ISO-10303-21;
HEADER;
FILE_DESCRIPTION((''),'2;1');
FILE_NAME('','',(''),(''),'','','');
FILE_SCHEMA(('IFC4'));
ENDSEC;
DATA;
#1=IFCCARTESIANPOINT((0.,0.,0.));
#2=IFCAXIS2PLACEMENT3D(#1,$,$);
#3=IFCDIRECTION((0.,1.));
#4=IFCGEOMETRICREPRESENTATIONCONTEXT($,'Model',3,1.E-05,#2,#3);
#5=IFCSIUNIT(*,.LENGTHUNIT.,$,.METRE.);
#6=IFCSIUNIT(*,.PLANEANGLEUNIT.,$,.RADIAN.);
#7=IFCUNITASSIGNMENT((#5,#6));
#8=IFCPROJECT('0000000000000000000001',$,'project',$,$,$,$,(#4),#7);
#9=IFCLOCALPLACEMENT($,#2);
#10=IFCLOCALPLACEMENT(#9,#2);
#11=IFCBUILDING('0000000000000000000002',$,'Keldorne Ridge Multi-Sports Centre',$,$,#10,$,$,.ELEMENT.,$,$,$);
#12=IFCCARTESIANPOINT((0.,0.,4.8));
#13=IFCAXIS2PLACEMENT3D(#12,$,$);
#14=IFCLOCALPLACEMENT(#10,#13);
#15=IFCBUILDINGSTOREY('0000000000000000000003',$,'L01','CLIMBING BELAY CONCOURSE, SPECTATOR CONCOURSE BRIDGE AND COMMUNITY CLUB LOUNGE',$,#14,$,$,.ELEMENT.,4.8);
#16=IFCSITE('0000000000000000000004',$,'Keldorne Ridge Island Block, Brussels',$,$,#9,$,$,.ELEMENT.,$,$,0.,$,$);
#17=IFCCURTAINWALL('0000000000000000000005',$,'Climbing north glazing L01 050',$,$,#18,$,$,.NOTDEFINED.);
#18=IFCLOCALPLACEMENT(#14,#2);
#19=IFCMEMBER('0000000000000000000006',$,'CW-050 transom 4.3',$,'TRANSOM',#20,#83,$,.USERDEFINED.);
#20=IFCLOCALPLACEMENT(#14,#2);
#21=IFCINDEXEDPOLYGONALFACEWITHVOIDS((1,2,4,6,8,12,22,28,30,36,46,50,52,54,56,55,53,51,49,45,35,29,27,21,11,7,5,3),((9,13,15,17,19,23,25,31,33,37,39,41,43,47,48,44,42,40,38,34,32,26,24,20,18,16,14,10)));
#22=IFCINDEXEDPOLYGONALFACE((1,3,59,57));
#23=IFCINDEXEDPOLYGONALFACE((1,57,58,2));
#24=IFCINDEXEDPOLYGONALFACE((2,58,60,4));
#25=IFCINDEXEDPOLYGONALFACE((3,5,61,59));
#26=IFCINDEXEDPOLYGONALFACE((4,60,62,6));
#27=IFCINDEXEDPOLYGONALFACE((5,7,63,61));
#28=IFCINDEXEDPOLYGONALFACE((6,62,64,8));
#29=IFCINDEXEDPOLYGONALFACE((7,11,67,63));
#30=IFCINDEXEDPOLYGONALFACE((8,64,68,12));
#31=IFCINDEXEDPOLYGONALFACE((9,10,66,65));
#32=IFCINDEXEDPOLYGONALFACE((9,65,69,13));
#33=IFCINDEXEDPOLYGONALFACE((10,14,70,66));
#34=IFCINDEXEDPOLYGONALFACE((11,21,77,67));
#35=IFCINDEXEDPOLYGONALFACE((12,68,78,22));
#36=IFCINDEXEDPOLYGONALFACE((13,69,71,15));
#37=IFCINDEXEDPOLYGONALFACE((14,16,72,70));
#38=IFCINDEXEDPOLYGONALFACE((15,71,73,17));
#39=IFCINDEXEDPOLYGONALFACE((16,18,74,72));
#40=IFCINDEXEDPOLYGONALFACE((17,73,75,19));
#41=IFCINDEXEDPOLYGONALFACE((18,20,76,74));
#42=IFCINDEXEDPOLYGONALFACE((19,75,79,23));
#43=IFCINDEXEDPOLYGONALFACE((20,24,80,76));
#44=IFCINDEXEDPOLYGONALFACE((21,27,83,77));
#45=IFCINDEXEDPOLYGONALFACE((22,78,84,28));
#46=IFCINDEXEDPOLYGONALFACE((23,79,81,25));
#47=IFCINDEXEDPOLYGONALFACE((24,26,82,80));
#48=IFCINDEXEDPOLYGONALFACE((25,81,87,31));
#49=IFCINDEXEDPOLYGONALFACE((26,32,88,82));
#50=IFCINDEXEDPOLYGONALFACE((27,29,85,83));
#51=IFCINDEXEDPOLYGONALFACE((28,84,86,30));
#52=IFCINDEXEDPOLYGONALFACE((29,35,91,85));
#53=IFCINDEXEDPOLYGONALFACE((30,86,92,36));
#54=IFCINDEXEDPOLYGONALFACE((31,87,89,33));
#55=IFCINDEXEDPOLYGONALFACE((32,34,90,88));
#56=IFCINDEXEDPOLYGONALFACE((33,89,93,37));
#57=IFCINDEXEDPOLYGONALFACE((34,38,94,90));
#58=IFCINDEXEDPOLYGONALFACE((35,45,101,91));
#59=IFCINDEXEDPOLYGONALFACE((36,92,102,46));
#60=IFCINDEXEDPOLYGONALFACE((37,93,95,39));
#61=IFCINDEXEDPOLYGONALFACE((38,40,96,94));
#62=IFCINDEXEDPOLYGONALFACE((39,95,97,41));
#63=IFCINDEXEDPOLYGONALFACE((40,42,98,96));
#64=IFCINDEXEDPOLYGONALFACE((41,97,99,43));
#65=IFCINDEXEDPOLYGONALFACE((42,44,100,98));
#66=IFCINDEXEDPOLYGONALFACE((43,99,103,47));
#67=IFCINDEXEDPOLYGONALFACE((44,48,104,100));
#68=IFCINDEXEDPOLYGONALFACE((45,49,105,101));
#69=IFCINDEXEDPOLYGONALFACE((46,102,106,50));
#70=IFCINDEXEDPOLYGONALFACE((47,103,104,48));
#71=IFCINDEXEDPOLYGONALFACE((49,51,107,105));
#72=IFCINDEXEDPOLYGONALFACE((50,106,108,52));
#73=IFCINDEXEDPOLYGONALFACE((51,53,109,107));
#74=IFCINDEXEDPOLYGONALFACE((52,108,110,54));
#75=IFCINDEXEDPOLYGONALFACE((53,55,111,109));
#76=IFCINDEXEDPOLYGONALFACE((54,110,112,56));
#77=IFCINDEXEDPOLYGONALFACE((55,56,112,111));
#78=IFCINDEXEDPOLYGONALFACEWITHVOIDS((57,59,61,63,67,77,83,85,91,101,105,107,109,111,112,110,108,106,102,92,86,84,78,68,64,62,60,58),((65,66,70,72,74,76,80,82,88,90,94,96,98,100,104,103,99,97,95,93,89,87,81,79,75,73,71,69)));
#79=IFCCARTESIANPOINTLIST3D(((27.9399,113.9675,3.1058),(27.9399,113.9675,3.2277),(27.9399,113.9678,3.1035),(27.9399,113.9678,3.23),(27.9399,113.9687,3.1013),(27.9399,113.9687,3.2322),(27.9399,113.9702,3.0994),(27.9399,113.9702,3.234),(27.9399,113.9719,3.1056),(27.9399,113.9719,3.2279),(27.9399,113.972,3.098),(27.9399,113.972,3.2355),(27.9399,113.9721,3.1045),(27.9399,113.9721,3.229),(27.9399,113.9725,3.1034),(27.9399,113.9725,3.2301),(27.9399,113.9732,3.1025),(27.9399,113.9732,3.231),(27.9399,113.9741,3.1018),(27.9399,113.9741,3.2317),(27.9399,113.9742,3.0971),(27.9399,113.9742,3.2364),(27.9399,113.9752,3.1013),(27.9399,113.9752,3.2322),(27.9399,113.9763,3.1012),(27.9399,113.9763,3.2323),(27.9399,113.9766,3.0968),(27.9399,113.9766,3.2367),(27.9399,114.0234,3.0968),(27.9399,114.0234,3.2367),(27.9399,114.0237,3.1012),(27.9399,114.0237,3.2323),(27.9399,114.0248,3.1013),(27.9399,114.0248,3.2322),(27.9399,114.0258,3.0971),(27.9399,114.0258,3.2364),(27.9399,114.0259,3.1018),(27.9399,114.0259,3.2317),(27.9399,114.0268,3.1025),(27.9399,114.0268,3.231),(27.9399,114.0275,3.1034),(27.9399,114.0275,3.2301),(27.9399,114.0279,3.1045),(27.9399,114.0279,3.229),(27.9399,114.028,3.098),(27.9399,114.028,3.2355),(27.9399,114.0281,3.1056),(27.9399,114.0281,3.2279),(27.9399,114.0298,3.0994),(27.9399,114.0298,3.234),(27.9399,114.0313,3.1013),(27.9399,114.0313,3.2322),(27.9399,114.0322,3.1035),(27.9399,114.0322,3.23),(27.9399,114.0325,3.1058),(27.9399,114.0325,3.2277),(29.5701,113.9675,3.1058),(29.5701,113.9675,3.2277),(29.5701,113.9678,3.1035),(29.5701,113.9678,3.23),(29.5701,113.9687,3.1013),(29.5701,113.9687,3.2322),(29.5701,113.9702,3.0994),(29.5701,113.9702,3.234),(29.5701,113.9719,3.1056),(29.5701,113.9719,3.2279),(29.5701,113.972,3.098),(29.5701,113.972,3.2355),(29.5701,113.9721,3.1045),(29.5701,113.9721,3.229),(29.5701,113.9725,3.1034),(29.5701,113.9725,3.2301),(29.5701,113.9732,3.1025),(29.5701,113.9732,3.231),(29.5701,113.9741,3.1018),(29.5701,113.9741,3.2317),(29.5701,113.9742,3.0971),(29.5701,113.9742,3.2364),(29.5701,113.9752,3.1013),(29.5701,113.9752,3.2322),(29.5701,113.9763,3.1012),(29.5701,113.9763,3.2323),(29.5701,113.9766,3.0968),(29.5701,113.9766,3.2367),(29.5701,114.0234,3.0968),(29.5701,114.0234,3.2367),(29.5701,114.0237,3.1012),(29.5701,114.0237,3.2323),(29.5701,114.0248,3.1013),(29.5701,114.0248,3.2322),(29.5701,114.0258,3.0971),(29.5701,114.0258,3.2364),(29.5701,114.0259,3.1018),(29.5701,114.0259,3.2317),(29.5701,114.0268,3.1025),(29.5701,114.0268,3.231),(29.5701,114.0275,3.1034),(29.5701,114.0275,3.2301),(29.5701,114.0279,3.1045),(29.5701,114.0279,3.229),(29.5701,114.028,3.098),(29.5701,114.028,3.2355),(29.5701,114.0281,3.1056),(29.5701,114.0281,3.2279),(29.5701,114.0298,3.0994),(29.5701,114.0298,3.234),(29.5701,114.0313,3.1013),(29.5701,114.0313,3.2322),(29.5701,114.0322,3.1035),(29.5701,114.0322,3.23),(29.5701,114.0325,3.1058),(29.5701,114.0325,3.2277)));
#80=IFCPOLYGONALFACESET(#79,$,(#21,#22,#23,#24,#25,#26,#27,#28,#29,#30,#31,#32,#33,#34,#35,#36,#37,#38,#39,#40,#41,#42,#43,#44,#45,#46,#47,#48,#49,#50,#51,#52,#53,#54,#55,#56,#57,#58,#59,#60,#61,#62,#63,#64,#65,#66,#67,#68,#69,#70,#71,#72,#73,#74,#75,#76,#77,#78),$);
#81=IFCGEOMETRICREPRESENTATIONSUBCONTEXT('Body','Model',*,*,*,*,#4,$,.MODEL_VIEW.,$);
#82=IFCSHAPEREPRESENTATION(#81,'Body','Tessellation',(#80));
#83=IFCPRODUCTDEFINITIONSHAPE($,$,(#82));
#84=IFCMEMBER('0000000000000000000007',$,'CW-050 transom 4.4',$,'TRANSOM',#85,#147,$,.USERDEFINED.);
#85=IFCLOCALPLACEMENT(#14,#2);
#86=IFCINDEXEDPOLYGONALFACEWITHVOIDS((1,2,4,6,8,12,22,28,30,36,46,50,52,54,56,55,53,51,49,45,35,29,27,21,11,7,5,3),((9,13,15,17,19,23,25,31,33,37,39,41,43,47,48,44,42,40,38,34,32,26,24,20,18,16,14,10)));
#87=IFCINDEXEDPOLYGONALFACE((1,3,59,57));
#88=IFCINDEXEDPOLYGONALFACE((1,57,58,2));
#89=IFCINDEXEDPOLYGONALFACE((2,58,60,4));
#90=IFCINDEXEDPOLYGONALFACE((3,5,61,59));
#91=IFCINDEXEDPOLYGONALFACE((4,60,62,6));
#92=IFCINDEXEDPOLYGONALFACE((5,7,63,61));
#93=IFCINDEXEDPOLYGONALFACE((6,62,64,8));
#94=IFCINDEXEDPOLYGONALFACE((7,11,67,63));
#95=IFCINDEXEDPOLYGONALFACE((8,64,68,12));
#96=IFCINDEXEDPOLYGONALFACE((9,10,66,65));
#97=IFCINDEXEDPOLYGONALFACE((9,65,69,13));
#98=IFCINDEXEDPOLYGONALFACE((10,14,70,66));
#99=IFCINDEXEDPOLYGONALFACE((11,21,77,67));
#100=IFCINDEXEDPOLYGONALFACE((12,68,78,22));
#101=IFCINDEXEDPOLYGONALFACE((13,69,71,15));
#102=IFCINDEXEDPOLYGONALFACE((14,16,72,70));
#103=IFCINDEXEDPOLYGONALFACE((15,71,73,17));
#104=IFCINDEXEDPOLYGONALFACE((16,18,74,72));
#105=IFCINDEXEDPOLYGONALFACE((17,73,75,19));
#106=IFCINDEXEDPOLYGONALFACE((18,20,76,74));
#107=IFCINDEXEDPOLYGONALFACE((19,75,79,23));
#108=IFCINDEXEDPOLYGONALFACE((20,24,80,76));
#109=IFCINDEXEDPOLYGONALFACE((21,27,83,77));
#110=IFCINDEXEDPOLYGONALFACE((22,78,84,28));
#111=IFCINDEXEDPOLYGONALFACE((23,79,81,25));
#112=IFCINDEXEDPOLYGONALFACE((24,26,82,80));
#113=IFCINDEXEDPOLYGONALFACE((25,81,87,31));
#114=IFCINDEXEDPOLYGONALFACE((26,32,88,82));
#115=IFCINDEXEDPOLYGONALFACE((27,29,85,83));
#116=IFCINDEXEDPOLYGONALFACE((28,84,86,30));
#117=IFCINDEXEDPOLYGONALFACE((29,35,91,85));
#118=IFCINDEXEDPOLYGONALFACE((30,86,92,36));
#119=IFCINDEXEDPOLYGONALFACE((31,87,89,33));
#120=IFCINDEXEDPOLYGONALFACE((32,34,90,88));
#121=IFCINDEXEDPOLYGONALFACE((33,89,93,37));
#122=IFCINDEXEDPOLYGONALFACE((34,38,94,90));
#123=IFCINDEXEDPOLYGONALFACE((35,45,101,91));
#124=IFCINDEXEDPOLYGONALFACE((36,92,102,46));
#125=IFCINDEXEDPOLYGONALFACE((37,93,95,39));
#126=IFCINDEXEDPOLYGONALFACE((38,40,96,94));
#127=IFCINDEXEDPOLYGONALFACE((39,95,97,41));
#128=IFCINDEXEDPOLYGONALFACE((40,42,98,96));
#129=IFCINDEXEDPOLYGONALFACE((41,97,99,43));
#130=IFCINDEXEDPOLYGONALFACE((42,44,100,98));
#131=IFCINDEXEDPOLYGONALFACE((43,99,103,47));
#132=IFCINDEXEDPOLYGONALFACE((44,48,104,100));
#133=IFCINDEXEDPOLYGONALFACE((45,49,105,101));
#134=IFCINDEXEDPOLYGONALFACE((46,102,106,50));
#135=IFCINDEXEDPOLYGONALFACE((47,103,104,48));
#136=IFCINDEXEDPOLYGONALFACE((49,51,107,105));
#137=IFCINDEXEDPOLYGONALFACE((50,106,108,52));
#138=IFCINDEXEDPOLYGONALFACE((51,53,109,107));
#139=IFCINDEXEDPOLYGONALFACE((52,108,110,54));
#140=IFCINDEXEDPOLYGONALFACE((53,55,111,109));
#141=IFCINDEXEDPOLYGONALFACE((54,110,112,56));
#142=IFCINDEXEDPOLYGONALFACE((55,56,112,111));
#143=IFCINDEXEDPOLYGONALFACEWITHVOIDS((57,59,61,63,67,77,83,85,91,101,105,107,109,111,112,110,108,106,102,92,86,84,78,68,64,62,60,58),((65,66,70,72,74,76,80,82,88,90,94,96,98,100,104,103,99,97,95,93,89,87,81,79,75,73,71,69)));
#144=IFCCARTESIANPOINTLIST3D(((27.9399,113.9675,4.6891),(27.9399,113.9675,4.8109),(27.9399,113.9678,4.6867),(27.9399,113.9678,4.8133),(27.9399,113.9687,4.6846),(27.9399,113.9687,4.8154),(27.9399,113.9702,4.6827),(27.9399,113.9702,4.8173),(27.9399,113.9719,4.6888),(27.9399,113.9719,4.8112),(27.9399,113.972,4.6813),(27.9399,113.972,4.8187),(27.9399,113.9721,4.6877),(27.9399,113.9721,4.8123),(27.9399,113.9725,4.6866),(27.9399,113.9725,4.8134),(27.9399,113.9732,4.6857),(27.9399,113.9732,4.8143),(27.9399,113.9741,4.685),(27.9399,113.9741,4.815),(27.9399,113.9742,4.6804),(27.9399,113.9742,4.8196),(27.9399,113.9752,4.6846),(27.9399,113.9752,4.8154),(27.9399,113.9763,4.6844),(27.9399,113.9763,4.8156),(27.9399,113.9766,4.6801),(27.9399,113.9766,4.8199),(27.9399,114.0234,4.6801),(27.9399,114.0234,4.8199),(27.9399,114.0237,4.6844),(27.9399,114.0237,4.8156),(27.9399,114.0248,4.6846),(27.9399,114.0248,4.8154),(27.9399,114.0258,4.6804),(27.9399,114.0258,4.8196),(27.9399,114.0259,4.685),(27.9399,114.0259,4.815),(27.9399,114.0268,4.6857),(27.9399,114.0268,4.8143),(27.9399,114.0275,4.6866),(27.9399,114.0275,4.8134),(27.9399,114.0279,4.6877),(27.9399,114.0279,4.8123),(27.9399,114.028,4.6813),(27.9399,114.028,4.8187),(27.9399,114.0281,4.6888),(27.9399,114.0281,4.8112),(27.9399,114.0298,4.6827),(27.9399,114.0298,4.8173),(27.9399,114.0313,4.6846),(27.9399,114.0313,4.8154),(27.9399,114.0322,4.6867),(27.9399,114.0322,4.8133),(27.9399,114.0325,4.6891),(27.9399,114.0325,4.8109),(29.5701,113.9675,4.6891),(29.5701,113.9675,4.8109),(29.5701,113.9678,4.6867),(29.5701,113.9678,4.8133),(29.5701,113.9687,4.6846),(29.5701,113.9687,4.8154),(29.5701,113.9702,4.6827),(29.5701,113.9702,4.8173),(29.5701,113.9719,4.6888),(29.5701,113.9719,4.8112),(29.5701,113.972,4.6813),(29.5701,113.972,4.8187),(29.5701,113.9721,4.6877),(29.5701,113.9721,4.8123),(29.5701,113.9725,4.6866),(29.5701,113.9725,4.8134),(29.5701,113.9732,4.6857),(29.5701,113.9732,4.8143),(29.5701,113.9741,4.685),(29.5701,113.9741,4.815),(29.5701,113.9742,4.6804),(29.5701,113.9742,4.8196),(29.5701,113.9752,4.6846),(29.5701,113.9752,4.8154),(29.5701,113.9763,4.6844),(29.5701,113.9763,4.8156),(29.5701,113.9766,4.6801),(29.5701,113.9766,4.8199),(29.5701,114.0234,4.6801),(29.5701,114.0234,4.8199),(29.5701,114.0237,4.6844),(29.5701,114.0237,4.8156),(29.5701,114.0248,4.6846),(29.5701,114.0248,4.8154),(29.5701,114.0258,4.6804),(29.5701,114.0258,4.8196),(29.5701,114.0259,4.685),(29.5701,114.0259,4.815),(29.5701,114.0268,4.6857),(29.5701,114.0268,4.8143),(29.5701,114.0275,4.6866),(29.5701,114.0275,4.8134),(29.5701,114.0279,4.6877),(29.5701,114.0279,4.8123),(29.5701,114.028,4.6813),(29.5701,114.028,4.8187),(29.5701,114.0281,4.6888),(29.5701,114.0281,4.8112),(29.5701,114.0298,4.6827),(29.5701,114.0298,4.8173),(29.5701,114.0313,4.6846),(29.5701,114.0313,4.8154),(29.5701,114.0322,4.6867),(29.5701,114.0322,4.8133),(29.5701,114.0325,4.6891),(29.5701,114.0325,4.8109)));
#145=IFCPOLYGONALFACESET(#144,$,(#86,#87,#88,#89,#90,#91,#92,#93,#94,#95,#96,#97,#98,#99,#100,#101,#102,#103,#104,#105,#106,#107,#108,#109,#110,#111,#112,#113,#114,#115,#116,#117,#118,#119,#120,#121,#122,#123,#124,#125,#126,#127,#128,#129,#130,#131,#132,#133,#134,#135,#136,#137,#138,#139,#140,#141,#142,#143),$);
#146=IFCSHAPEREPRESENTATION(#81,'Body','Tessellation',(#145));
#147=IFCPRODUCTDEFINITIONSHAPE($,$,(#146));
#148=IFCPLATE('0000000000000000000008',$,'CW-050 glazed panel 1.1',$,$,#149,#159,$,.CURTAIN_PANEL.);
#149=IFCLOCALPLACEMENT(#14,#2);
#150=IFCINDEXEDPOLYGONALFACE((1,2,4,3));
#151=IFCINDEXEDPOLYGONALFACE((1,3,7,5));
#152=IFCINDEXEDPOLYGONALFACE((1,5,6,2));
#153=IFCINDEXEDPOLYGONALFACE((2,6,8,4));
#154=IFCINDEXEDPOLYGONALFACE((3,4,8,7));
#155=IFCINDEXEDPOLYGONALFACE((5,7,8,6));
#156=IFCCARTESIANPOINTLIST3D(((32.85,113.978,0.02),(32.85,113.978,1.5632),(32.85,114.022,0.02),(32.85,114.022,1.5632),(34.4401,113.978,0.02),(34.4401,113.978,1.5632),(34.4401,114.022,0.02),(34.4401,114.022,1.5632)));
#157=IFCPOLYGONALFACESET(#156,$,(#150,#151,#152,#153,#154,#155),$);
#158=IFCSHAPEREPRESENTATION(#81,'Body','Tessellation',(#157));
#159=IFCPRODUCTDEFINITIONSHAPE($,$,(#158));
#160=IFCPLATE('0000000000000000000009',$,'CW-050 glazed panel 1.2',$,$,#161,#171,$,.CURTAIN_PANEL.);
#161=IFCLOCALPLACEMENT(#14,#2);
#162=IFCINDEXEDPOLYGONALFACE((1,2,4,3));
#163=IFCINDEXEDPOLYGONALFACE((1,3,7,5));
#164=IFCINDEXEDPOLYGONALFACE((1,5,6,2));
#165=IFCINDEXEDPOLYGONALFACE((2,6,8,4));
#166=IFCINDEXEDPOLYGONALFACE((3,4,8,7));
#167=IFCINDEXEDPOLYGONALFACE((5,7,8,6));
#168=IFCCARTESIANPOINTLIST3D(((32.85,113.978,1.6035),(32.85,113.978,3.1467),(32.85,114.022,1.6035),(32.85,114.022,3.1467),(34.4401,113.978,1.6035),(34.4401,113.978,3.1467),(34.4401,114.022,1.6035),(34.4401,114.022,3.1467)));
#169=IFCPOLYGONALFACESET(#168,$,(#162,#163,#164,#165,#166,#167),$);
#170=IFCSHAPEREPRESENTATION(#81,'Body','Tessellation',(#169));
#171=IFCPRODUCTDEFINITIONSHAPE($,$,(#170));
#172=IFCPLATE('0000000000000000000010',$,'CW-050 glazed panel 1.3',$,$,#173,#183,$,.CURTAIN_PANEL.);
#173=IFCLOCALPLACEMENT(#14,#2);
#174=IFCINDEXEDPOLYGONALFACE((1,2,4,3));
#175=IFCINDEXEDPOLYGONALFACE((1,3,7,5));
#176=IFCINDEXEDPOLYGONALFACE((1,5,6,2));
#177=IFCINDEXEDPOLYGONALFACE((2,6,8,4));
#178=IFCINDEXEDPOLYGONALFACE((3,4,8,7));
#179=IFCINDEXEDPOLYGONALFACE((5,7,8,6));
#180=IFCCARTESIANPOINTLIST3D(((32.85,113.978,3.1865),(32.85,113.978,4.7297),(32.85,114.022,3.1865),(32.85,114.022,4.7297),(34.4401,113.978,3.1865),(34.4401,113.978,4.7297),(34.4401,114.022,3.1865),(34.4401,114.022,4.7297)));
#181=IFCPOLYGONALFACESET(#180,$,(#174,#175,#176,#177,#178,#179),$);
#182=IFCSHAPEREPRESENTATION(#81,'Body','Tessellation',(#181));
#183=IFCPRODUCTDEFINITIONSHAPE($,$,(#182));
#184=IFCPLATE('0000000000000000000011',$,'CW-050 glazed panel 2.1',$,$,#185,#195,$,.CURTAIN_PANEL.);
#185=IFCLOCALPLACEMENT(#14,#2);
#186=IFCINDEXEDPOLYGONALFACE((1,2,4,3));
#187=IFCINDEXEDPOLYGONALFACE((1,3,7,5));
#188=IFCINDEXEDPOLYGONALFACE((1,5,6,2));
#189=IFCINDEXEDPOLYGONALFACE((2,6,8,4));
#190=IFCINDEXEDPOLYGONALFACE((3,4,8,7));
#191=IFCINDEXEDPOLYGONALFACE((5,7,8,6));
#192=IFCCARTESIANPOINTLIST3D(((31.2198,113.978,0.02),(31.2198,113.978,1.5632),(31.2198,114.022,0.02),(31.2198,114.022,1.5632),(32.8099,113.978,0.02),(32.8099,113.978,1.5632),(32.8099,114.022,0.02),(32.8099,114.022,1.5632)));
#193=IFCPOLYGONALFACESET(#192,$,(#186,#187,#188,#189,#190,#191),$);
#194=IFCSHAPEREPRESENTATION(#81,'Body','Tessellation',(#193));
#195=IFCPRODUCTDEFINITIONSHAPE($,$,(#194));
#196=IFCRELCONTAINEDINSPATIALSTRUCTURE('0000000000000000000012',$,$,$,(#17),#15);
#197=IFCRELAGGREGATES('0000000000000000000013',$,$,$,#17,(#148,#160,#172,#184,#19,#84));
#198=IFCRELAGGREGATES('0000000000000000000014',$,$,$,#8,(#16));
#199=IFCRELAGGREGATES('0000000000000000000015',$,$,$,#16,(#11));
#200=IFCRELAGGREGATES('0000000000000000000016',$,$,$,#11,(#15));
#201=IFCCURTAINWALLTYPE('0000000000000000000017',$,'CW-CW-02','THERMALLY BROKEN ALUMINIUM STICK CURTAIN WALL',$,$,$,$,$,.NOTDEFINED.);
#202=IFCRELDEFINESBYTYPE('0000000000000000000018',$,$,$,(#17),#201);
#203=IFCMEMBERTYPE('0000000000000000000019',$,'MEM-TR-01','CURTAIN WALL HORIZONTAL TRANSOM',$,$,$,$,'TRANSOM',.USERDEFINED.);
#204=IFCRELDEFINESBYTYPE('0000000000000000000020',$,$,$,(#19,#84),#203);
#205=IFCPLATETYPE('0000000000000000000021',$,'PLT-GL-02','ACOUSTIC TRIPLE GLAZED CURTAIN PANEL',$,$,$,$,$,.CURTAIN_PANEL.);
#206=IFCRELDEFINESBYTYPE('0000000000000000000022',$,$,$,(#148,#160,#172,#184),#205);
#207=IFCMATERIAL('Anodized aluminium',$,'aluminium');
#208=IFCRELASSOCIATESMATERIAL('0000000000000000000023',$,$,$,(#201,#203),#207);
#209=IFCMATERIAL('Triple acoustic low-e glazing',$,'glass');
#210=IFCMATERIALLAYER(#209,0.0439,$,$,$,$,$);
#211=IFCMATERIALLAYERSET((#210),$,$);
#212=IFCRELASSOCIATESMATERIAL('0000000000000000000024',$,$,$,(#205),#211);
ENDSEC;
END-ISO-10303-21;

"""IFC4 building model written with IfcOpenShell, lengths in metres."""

from ifc_helpers import new_model, si_unit, direction, frame, origin, origin_2d, place, context, subcontext, project, spatial, rectangle, hollow_rectangle, extrude, material, layer, layer_set, material_profile, profile_set, type_object, element, aggregate, save


model = new_model("IFC4")

# Units and contexts
model_context = context("Model", 3, precision=1e-05, world=origin(), true_north=direction((0.0, 1.0)))
body_context = subcontext(model_context, "Body", "Model", "MODEL_VIEW")
ifc_project = project(units=[si_unit("LENGTHUNIT", "METRE"), si_unit("PLANEANGLEUNIT", "RADIAN")], contexts=[model_context])

# Site, building, storey
site_placement = place(None, origin())
site = spatial("IfcSite", under=ifc_project, at=site_placement, Name="Keldorne Ridge Island Block, Brussels", CompositionType="ELEMENT", RefElevation=0.0)
building_placement = place(site_placement, origin())
building = spatial("IfcBuilding", under=site, at=building_placement, Name="Keldorne Ridge Multi-Sports Centre", CompositionType="ELEMENT")
storey_placement = place(building_placement, frame((0.0, 0.0, 4.8)))
storey = spatial("IfcBuildingStorey", under=building, at=storey_placement, Name="L01", Description="CLIMBING BELAY CONCOURSE, SPECTATOR CONCOURSE BRIDGE AND COMMUNITY CLUB LOUNGE", CompositionType="ELEMENT", Elevation=4.8)

# Curtain wall
ifc_material_1 = material(Name="Anodized aluminium", Category="aluminium")
curtain_wall_type_1 = type_object("IfcCurtainWallType", Name="CW-CW-02", Description="THERMALLY BROKEN ALUMINIUM STICK CURTAIN WALL", PredefinedType="NOTDEFINED", material=ifc_material_1)
curtain_wall_1_placement = place(storey_placement, origin())
curtain_wall_1 = element("IfcCurtainWall", 1, at=curtain_wall_1_placement, inside=storey, type_object=curtain_wall_type_1, Name="Climbing north glazing L01 050", PredefinedType="NOTDEFINED")

# Members
ifc_material_profile_1 = material_profile(ifc_material_1, hollow_rectangle(XDim=0.0649, YDim=0.1399, WallThickness=0.0044, InnerFilletRadius=0.0044, OuterFilletRadius=0.009, at=origin_2d()), Name="ALU TRANSOM 140x65x4.5")
ifc_profile_set_1 = profile_set([ifc_material_profile_1], Name="Anodized aluminium")
member_type_1 = type_object("IfcMemberType", Name="MEM-TR-01", Description="CURTAIN WALL HORIZONTAL TRANSOM", ElementType="TRANSOM", PredefinedType="USERDEFINED", material=ifc_profile_set_1)
member_1_placement = place(storey_placement, frame((29.5701, 114.0, 3.1667), z_axis=(-1.0, 0.0, 0.0), x_axis=(0.0, -1.0, 0.0)))
member_1 = element("IfcMember", 2, at=member_1_placement, type_object=member_type_1, Name="CW-050 transom 4.3", ObjectType="TRANSOM", PredefinedType="USERDEFINED", context=body_context, shape_type="SweptSolid", body=[
    extrude(hollow_rectangle(XDim=0.0649, YDim=0.1399, WallThickness=0.0044, InnerFilletRadius=0.0044, OuterFilletRadius=0.009, at=origin_2d()), origin(), (0.0, 0.0, 1.0), 1.6301),
])
member_2_placement = place(storey_placement, frame((29.5701, 114.0, 4.75), z_axis=(-1.0, 0.0, 0.0), x_axis=(0.0, -1.0, 0.0)))
member_2 = element("IfcMember", 3, at=member_2_placement, type_object=member_type_1, Name="CW-050 transom 4.4", ObjectType="TRANSOM", PredefinedType="USERDEFINED", context=body_context, shape_type="SweptSolid", body=[
    extrude(hollow_rectangle(XDim=0.0649, YDim=0.1399, WallThickness=0.0044, InnerFilletRadius=0.0044, OuterFilletRadius=0.009, at=origin_2d()), origin(), (0.0, 0.0, 1.0), 1.6301),
])

# Plates
ifc_material_2 = material(Name="Triple acoustic low-e glazing", Category="glass")
ifc_layer = layer(ifc_material_2, 0.0439)
ifc_layer_set = layer_set([ifc_layer])
plate_type = type_object("IfcPlateType", Name="PLT-GL-02", Description="ACOUSTIC TRIPLE GLAZED CURTAIN PANEL", PredefinedType="CURTAIN_PANEL", material=ifc_layer_set)
plate_1_placement = place(storey_placement, frame((33.645, 114.0, 0.02), z_axis=(0.0, 0.0, 1.0), x_axis=(-1.0, 0.0, 0.0)))
plate_1 = element("IfcPlate", 4, at=plate_1_placement, type_object=plate_type, Name="CW-050 glazed panel 1.1", PredefinedType="CURTAIN_PANEL", context=body_context, shape_type="SweptSolid", body=[
    extrude(rectangle(XDim=1.5901, YDim=0.0439, at=origin_2d()), origin(), (0.0, 0.0, 1.0), 1.5432),
])
plate_2_placement = place(storey_placement, frame((33.645, 114.0, 1.6035), z_axis=(0.0, 0.0, 1.0), x_axis=(-1.0, 0.0, 0.0)))
plate_2 = element("IfcPlate", 5, at=plate_2_placement, type_object=plate_type, Name="CW-050 glazed panel 1.2", PredefinedType="CURTAIN_PANEL", context=body_context, shape_type="SweptSolid", body=[
    extrude(rectangle(XDim=1.5901, YDim=0.0439, at=origin_2d()), origin(), (0.0, 0.0, 1.0), 1.5432),
])
plate_3_placement = place(storey_placement, frame((33.645, 114.0, 3.1865), z_axis=(0.0, 0.0, 1.0), x_axis=(-1.0, 0.0, 0.0)))
plate_3 = element("IfcPlate", 6, at=plate_3_placement, type_object=plate_type, Name="CW-050 glazed panel 1.3", PredefinedType="CURTAIN_PANEL", context=body_context, shape_type="SweptSolid", body=[
    extrude(rectangle(XDim=1.5901, YDim=0.0439, at=origin_2d()), origin(), (0.0, 0.0, 1.0), 1.5432),
])
plate_4_placement = place(storey_placement, frame((32.0149, 114.0, 0.02), z_axis=(0.0, 0.0, 1.0), x_axis=(-1.0, 0.0, 0.0)))
plate_4 = element("IfcPlate", 7, at=plate_4_placement, type_object=plate_type, Name="CW-050 glazed panel 2.1", PredefinedType="CURTAIN_PANEL", context=body_context, shape_type="SweptSolid", body=[
    extrude(rectangle(XDim=1.5901, YDim=0.0439, at=origin_2d()), origin(), (0.0, 0.0, 1.0), 1.5432),
])
aggregate(curtain_wall_1, [plate_1, plate_2, plate_3, plate_4, member_1, member_2])

save(model, "model.ifc")
